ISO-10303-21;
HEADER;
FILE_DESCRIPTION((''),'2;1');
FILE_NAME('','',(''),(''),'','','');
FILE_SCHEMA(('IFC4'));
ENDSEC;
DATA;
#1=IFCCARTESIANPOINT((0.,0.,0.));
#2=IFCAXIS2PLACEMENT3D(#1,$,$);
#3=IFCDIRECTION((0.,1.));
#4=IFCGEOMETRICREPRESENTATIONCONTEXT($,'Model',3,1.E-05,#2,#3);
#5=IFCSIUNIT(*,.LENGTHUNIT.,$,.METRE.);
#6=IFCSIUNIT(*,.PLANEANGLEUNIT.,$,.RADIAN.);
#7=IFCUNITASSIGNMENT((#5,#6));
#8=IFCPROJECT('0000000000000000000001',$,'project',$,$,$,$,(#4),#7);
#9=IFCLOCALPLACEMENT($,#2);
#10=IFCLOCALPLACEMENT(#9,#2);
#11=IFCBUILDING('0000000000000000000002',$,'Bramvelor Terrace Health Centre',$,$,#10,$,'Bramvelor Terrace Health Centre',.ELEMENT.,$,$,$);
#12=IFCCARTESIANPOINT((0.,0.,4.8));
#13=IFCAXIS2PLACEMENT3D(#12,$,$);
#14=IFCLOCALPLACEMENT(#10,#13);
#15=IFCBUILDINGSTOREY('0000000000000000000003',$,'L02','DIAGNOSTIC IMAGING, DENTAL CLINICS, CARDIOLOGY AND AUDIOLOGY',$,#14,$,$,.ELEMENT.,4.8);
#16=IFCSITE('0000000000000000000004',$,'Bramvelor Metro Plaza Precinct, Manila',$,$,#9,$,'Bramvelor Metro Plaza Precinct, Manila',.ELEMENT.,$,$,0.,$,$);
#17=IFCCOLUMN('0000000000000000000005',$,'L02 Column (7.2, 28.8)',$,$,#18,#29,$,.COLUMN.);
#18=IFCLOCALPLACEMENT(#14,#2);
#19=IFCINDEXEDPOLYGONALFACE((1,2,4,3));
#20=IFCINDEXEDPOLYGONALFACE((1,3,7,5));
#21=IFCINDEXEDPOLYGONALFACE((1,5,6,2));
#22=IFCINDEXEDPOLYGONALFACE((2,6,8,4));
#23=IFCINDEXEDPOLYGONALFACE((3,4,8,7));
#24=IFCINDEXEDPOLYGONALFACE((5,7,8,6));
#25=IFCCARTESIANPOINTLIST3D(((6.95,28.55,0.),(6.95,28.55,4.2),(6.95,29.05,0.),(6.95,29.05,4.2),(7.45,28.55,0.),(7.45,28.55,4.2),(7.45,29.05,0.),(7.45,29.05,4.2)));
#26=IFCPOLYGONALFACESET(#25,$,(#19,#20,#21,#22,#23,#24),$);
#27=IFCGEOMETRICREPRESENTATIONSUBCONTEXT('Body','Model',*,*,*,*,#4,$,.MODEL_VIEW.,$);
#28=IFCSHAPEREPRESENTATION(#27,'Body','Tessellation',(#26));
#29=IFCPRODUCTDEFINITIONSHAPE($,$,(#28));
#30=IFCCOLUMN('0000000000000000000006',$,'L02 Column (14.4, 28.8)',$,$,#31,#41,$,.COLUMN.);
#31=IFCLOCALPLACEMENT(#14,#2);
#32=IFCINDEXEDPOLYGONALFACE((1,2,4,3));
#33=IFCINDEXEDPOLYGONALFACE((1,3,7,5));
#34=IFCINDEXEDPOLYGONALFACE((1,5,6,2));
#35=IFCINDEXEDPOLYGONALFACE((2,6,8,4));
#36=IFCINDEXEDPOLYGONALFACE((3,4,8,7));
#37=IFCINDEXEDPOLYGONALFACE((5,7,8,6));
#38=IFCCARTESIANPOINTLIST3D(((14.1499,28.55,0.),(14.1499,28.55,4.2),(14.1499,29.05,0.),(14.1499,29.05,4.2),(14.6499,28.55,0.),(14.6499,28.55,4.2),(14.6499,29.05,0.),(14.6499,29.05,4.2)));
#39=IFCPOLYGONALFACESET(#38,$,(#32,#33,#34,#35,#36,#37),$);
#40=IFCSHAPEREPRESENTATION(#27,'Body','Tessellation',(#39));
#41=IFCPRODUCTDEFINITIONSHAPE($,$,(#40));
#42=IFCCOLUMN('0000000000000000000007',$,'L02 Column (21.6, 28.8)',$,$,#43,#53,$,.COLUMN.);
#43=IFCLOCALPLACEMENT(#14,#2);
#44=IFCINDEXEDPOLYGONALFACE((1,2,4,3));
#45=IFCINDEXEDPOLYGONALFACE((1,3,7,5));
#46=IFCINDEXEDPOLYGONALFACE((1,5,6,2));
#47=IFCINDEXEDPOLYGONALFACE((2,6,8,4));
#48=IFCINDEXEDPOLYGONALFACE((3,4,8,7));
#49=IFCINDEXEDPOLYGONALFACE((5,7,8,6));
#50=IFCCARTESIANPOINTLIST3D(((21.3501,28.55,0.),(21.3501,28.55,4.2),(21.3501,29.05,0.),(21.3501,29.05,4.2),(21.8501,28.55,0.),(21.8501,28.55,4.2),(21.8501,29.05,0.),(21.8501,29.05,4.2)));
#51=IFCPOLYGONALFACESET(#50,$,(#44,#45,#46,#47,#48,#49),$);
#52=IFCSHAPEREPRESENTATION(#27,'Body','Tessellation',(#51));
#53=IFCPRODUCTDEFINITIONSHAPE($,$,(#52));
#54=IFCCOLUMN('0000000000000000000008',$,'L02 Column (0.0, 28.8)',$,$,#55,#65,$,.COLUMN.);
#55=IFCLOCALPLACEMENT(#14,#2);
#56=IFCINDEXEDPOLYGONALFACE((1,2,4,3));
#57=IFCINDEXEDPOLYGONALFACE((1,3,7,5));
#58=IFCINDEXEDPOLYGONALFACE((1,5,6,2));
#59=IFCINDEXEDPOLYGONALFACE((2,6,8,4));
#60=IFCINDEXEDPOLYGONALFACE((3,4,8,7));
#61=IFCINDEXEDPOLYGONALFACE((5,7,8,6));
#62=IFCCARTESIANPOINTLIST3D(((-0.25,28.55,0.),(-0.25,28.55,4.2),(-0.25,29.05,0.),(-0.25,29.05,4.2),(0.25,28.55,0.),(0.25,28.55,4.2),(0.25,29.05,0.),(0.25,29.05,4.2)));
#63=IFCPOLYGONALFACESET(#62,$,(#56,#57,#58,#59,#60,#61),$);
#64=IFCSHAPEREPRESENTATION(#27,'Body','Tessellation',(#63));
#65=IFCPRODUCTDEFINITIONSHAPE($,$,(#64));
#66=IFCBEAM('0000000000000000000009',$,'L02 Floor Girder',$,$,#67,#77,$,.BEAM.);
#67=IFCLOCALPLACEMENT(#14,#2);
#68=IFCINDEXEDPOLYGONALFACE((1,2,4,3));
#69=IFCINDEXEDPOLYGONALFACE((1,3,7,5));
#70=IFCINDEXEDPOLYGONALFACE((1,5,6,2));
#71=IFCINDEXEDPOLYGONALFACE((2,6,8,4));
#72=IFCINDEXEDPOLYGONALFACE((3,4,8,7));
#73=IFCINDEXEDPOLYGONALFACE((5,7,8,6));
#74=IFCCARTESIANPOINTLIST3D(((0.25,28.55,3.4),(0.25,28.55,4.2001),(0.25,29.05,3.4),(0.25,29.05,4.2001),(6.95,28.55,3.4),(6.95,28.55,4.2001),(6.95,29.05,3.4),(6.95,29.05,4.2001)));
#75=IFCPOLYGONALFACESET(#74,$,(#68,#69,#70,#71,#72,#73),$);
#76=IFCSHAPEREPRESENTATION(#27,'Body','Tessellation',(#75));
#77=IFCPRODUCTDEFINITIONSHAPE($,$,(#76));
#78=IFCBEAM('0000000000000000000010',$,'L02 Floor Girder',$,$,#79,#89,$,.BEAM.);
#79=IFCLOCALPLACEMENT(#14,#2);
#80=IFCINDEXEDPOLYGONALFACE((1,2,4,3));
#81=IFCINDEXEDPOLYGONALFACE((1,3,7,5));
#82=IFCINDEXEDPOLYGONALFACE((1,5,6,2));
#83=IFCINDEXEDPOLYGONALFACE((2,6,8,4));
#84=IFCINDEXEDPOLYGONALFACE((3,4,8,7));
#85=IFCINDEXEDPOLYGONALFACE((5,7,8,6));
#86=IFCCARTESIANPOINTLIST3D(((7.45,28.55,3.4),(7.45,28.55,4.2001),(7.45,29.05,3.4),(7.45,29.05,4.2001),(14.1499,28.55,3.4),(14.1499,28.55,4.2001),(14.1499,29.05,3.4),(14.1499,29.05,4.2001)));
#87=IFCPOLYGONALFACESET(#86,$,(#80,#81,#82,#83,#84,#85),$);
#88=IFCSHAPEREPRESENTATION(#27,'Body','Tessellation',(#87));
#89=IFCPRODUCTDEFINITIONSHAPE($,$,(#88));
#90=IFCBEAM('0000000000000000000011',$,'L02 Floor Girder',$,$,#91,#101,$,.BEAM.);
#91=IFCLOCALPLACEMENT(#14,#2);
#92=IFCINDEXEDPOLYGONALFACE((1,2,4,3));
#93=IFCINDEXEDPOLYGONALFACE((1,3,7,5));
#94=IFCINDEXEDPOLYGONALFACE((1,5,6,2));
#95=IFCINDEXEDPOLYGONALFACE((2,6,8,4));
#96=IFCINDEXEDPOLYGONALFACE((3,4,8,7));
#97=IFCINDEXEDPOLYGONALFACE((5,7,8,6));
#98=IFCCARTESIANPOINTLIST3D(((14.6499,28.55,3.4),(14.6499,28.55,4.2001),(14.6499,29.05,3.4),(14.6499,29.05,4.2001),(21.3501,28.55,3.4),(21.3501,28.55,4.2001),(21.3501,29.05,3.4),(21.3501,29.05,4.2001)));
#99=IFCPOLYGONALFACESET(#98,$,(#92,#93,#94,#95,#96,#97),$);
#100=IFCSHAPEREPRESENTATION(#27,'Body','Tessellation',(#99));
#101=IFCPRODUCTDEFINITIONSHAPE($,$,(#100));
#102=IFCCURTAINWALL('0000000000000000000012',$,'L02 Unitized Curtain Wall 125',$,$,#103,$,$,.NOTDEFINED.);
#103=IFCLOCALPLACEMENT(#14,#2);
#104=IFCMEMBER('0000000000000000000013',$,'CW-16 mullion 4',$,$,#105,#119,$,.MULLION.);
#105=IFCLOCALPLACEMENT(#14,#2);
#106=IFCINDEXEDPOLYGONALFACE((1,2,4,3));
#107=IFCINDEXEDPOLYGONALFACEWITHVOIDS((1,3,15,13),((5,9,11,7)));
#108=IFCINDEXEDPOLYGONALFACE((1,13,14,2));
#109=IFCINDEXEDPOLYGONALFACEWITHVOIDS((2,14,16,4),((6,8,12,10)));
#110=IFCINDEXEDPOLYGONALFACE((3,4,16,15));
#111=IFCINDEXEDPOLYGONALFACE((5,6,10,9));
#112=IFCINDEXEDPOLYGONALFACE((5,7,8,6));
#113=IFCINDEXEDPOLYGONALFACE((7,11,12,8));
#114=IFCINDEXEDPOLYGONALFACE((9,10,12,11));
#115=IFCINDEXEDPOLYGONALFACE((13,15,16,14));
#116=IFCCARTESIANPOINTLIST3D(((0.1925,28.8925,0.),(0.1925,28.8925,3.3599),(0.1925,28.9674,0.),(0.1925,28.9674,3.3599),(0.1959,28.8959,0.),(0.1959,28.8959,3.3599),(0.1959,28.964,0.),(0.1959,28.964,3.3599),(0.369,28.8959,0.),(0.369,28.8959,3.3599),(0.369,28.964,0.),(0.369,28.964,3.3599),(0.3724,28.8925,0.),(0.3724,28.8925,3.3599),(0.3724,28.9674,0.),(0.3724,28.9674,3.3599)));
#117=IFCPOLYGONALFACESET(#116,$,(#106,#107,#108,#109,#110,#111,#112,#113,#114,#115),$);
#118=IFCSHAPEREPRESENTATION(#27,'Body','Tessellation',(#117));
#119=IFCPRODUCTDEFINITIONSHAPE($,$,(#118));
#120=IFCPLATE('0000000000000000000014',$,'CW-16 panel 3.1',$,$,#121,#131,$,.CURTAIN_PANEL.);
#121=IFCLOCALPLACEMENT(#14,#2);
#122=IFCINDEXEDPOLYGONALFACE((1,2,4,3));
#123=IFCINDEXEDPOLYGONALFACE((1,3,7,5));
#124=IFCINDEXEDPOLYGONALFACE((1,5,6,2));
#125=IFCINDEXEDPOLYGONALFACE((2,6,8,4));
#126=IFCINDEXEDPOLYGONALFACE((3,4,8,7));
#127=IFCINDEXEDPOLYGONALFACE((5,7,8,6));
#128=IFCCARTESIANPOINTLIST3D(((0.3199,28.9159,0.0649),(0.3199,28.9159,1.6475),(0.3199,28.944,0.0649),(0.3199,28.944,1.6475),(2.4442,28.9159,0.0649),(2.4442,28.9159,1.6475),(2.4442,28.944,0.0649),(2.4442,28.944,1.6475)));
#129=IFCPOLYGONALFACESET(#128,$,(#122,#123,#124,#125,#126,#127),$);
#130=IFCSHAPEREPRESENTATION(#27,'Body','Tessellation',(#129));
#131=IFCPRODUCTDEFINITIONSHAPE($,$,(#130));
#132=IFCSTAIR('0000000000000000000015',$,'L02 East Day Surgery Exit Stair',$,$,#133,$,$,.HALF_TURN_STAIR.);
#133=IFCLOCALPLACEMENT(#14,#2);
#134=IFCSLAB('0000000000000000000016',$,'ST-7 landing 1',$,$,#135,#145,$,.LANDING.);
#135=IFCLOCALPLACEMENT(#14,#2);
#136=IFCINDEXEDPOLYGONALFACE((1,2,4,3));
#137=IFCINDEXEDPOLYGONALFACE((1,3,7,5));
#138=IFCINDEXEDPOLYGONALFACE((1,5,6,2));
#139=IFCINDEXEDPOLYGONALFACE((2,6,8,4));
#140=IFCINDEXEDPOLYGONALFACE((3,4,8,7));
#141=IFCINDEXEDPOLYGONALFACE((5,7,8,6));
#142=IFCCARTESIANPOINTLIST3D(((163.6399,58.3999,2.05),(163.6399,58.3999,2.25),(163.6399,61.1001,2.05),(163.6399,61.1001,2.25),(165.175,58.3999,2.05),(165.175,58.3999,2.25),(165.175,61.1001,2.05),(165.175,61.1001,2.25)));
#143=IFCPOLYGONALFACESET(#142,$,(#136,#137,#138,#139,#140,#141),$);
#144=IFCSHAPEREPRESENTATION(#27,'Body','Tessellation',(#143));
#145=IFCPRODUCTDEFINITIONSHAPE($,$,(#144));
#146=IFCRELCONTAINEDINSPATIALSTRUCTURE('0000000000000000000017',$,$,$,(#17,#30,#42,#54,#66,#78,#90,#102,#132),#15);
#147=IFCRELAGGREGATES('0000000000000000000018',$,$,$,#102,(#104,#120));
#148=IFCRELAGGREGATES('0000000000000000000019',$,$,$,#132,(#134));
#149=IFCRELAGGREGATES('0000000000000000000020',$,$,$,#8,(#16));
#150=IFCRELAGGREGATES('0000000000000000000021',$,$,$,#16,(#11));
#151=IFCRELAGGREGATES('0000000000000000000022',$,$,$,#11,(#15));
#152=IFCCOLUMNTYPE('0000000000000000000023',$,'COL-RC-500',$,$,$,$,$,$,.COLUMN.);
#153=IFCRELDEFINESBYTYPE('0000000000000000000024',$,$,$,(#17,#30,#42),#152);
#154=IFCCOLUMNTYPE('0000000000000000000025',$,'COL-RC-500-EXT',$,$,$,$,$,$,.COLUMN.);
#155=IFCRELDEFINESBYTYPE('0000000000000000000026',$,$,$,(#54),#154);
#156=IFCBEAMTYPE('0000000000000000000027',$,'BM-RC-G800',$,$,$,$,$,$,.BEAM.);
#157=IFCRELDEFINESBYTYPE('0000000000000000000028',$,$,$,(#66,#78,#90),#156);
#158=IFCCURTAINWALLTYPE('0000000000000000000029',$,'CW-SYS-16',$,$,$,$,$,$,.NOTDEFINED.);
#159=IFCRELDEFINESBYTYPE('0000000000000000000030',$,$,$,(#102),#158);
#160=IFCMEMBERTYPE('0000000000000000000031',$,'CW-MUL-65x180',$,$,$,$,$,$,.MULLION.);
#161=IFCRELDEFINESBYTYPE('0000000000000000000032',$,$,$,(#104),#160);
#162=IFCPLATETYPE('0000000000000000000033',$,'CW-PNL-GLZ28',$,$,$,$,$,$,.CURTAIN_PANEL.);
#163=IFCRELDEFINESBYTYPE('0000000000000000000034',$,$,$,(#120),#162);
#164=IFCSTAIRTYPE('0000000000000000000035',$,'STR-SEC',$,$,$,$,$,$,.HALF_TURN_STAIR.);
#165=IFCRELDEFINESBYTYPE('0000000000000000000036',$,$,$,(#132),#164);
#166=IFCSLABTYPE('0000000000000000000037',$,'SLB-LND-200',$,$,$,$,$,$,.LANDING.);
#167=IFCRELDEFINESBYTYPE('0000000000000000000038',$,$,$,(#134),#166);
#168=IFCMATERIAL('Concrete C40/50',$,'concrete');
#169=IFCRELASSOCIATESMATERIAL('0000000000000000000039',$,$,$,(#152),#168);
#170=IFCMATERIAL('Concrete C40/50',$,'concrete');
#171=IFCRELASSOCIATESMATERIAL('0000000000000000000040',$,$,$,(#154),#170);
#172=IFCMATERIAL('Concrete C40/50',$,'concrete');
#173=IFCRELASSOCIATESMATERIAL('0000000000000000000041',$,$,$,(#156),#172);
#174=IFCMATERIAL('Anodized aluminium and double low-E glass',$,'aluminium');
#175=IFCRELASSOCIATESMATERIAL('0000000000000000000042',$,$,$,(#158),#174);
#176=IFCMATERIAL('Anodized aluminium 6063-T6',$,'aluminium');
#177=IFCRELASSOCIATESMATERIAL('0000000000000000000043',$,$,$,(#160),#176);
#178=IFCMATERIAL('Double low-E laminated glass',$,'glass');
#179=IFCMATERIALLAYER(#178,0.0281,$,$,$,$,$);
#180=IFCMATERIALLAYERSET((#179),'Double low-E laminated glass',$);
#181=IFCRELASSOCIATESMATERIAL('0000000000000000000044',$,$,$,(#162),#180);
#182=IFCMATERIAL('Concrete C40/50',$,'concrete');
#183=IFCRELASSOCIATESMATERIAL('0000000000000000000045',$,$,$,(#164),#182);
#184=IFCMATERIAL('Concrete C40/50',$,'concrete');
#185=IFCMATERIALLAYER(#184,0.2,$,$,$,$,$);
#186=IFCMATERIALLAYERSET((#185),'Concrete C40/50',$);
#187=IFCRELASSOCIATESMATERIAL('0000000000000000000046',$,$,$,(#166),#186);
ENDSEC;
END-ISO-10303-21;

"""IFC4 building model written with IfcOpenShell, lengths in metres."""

from ifc_helpers import new_model, si_unit, direction, frame, origin, origin_2d, place, context, subcontext, project, spatial, polyline, rectangle, hollow_rectangle, outline, extrude, material, layer, layer_set, material_profile, profile_set, type_object, element, aggregate, save


model = new_model("IFC4")

# Units and contexts
model_context = context("Model", 3, precision=1e-05, world=origin(), true_north=direction((0.0, 1.0)))
body_context = subcontext(model_context, "Body", "Model", "MODEL_VIEW")
ifc_project = project(units=[si_unit("LENGTHUNIT", "METRE"), si_unit("PLANEANGLEUNIT", "RADIAN")], contexts=[model_context])

# Site, building, storey
site_placement = place(None, origin())
site = spatial("IfcSite", under=ifc_project, at=site_placement, Name="Bramvelor Metro Plaza Precinct, Manila", LongName="Bramvelor Metro Plaza Precinct, Manila", CompositionType="ELEMENT", RefElevation=0.0)
building_placement = place(site_placement, origin())
building = spatial("IfcBuilding", under=site, at=building_placement, Name="Bramvelor Terrace Health Centre", LongName="Bramvelor Terrace Health Centre", CompositionType="ELEMENT")
storey_placement = place(building_placement, frame((0.0, 0.0, 4.8)))
storey = spatial("IfcBuildingStorey", under=building, at=storey_placement, Name="L02", Description="DIAGNOSTIC IMAGING, DENTAL CLINICS, CARDIOLOGY AND AUDIOLOGY", CompositionType="ELEMENT", Elevation=4.8)

# Columns
ifc_material_1 = material(Name="Concrete C40/50", Category="concrete")
ifc_material_profile_1 = material_profile(ifc_material_1, rectangle(XDim=0.5, YDim=0.5, at=origin_2d()), Name="RC 500x500")
ifc_profile_set_1 = profile_set([ifc_material_profile_1], Name="Concrete C40/50")
column_type_1 = type_object("IfcColumnType", Name="COL-RC-500", PredefinedType="COLUMN", material=ifc_profile_set_1)
for number, where, z_axis, x_axis, name in (
    (1, (7.2, 28.8, 0.0), (0.0, 0.0, 1.0), (1.0, 0.0, 0.0), "L02 Column (7.2, 28.8)"),
    (2, (14.3999, 28.8, 0.0), (0.0, 0.0, 1.0), (1.0, 0.0, 0.0), "L02 Column (14.4, 28.8)"),
    (3, (21.6001, 28.8, 0.0), (0.0, 0.0, 1.0), (1.0, 0.0, 0.0), "L02 Column (21.6, 28.8)"),
):
    element("IfcColumn", number, at=place(storey_placement, frame(where, z_axis=z_axis, x_axis=x_axis)), inside=storey, type_object=column_type_1, Name=name, PredefinedType="COLUMN", context=body_context, shape_type="SweptSolid", body=[
        extrude(rectangle(XDim=0.5, YDim=0.5, at=origin_2d()), origin(), (0.0, 0.0, 1.0), 4.2),
    ])
ifc_material_2 = material(Name="Concrete C40/50", Category="concrete")
ifc_material_profile_2 = material_profile(ifc_material_2, rectangle(XDim=0.5, YDim=0.5, at=origin_2d()), Name="RC 500x500")
ifc_profile_set_2 = profile_set([ifc_material_profile_2], Name="Concrete C40/50")
column_type_2 = type_object("IfcColumnType", Name="COL-RC-500-EXT", PredefinedType="COLUMN", material=ifc_profile_set_2)
column_placement = place(storey_placement, frame((0.0, 28.8, 0.0), z_axis=(0.0, 0.0, 1.0), x_axis=(1.0, 0.0, 0.0)))
element("IfcColumn", 4, at=column_placement, inside=storey, type_object=column_type_2, Name="L02 Column (0.0, 28.8)", PredefinedType="COLUMN", context=body_context, shape_type="SweptSolid", body=[
    extrude(rectangle(XDim=0.5, YDim=0.5, at=origin_2d()), origin(), (0.0, 0.0, 1.0), 4.2),
])

# Beams
ifc_material_3 = material(Name="Concrete C40/50", Category="concrete")
ifc_material_profile_3 = material_profile(ifc_material_3, rectangle(XDim=0.5, YDim=0.8, at=origin_2d()), Name="RC 500x800")
ifc_profile_set_3 = profile_set([ifc_material_profile_3], Name="Concrete C40/50")
beam_type = type_object("IfcBeamType", Name="BM-RC-G800", PredefinedType="BEAM", material=ifc_profile_set_3)
for number, where, z_axis, x_axis, name in (
    (5, (0.25, 28.8, 3.8), (1.0, 0.0, 0.0), (0.0, 1.0, 0.0), "L02 Floor Girder"),
    (6, (7.45, 28.8, 3.8), (1.0, 0.0, 0.0), (0.0, 1.0, 0.0), "L02 Floor Girder"),
):
    element("IfcBeam", number, at=place(storey_placement, frame(where, z_axis=z_axis, x_axis=x_axis)), inside=storey, type_object=beam_type, Name=name, PredefinedType="BEAM", context=body_context, shape_type="SweptSolid", body=[
        extrude(rectangle(XDim=0.5, YDim=0.8, at=origin_2d()), origin(), (0.0, 0.0, 1.0), 6.7),
    ])
beam_placement = place(storey_placement, frame((14.6499, 28.8, 3.8), z_axis=(1.0, 0.0, 0.0), x_axis=(0.0, 1.0, 0.0)))
element("IfcBeam", 7, at=beam_placement, inside=storey, type_object=beam_type, Name="L02 Floor Girder", PredefinedType="BEAM", context=body_context, shape_type="SweptSolid", body=[
    extrude(rectangle(XDim=0.5, YDim=0.8, at=origin_2d()), origin(), (0.0, 0.0, 1.0), 6.7002),
])

# Curtain wall, member, plate
ifc_material_4 = material(Name="Anodized aluminium and double low-E glass", Category="aluminium")
curtain_wall_type = type_object("IfcCurtainWallType", Name="CW-SYS-16", PredefinedType="NOTDEFINED", material=ifc_material_4)
curtain_wall_placement = place(storey_placement, origin())
curtain_wall = element("IfcCurtainWall", 8, at=curtain_wall_placement, inside=storey, type_object=curtain_wall_type, Name="L02 Unitized Curtain Wall 125", PredefinedType="NOTDEFINED")
ifc_material_5 = material(Name="Anodized aluminium 6063-T6", Category="aluminium")
ifc_material_profile_4 = material_profile(ifc_material_5, hollow_rectangle(XDim=0.075, YDim=0.1799, WallThickness=0.0034, at=origin_2d()), Name="ALU-MUL 75x180x3.5")
ifc_profile_set_4 = profile_set([ifc_material_profile_4], Name="Anodized aluminium 6063-T6")
member_type = type_object("IfcMemberType", Name="CW-MUL-65x180", PredefinedType="MULLION", material=ifc_profile_set_4)
member_placement = place(storey_placement, frame((0.2825, 28.9299, 0.0), z_axis=(0.0, 0.0, 1.0), x_axis=(0.0, -1.0, 0.0)))
member = element("IfcMember", 9, at=member_placement, type_object=member_type, Name="CW-16 mullion 4", PredefinedType="MULLION", context=body_context, shape_type="SweptSolid", body=[
    extrude(hollow_rectangle(XDim=0.075, YDim=0.1799, WallThickness=0.0034, at=origin_2d()), origin(), (0.0, 0.0, 1.0), 3.3599),
])
ifc_material_6 = material(Name="Double low-E laminated glass", Category="glass")
ifc_layer_1 = layer(ifc_material_6, 0.0281)
ifc_layer_set_1 = layer_set([ifc_layer_1], Name="Double low-E laminated glass")
plate_type = type_object("IfcPlateType", Name="CW-PNL-GLZ28", PredefinedType="CURTAIN_PANEL", material=ifc_layer_set_1)
plate_placement = place(storey_placement, frame((1.3821, 28.9299, 0.0649), z_axis=(0.0, 0.0, 1.0), x_axis=(-1.0, 0.0, 0.0)))
plate = element("IfcPlate", 10, at=plate_placement, type_object=plate_type, Name="CW-16 panel 3.1", PredefinedType="CURTAIN_PANEL", context=body_context, shape_type="SweptSolid", body=[
    extrude(rectangle(XDim=2.1243, YDim=0.0281, at=origin_2d()), origin(), (0.0, 0.0, 1.0), 1.5825),
])
aggregate(curtain_wall, [member, plate])

# Stair, slab
ifc_material_7 = material(Name="Concrete C40/50", Category="concrete")
stair_type = type_object("IfcStairType", Name="STR-SEC", PredefinedType="HALF_TURN_STAIR", material=ifc_material_7)
stair_placement = place(storey_placement, origin())
stair = element("IfcStair", 11, at=stair_placement, inside=storey, type_object=stair_type, Name="L02 East Day Surgery Exit Stair", PredefinedType="HALF_TURN_STAIR")
ifc_material_8 = material(Name="Concrete C40/50", Category="concrete")
ifc_layer_2 = layer(ifc_material_8, 0.2)
ifc_layer_set_2 = layer_set([ifc_layer_2], Name="Concrete C40/50")
slab_type = type_object("IfcSlabType", Name="SLB-LND-200", PredefinedType="LANDING", material=ifc_layer_set_2)
slab_placement = place(storey_placement, frame((0.0, 0.0, 2.05)))
slab = element("IfcSlab", 12, at=slab_placement, type_object=slab_type, Name="ST-7 landing 1", PredefinedType="LANDING", context=body_context, shape_type="SweptSolid", body=[
    extrude(outline(polyline([(163.6399, 58.3999), (165.175, 58.3999), (165.175, 61.1001), (163.6399, 61.1001), (163.6399, 58.3999)])), origin(), (0.0, 0.0, 1.0), 0.2),
])
aggregate(stair, [slab])

save(model, "model.ifc")
